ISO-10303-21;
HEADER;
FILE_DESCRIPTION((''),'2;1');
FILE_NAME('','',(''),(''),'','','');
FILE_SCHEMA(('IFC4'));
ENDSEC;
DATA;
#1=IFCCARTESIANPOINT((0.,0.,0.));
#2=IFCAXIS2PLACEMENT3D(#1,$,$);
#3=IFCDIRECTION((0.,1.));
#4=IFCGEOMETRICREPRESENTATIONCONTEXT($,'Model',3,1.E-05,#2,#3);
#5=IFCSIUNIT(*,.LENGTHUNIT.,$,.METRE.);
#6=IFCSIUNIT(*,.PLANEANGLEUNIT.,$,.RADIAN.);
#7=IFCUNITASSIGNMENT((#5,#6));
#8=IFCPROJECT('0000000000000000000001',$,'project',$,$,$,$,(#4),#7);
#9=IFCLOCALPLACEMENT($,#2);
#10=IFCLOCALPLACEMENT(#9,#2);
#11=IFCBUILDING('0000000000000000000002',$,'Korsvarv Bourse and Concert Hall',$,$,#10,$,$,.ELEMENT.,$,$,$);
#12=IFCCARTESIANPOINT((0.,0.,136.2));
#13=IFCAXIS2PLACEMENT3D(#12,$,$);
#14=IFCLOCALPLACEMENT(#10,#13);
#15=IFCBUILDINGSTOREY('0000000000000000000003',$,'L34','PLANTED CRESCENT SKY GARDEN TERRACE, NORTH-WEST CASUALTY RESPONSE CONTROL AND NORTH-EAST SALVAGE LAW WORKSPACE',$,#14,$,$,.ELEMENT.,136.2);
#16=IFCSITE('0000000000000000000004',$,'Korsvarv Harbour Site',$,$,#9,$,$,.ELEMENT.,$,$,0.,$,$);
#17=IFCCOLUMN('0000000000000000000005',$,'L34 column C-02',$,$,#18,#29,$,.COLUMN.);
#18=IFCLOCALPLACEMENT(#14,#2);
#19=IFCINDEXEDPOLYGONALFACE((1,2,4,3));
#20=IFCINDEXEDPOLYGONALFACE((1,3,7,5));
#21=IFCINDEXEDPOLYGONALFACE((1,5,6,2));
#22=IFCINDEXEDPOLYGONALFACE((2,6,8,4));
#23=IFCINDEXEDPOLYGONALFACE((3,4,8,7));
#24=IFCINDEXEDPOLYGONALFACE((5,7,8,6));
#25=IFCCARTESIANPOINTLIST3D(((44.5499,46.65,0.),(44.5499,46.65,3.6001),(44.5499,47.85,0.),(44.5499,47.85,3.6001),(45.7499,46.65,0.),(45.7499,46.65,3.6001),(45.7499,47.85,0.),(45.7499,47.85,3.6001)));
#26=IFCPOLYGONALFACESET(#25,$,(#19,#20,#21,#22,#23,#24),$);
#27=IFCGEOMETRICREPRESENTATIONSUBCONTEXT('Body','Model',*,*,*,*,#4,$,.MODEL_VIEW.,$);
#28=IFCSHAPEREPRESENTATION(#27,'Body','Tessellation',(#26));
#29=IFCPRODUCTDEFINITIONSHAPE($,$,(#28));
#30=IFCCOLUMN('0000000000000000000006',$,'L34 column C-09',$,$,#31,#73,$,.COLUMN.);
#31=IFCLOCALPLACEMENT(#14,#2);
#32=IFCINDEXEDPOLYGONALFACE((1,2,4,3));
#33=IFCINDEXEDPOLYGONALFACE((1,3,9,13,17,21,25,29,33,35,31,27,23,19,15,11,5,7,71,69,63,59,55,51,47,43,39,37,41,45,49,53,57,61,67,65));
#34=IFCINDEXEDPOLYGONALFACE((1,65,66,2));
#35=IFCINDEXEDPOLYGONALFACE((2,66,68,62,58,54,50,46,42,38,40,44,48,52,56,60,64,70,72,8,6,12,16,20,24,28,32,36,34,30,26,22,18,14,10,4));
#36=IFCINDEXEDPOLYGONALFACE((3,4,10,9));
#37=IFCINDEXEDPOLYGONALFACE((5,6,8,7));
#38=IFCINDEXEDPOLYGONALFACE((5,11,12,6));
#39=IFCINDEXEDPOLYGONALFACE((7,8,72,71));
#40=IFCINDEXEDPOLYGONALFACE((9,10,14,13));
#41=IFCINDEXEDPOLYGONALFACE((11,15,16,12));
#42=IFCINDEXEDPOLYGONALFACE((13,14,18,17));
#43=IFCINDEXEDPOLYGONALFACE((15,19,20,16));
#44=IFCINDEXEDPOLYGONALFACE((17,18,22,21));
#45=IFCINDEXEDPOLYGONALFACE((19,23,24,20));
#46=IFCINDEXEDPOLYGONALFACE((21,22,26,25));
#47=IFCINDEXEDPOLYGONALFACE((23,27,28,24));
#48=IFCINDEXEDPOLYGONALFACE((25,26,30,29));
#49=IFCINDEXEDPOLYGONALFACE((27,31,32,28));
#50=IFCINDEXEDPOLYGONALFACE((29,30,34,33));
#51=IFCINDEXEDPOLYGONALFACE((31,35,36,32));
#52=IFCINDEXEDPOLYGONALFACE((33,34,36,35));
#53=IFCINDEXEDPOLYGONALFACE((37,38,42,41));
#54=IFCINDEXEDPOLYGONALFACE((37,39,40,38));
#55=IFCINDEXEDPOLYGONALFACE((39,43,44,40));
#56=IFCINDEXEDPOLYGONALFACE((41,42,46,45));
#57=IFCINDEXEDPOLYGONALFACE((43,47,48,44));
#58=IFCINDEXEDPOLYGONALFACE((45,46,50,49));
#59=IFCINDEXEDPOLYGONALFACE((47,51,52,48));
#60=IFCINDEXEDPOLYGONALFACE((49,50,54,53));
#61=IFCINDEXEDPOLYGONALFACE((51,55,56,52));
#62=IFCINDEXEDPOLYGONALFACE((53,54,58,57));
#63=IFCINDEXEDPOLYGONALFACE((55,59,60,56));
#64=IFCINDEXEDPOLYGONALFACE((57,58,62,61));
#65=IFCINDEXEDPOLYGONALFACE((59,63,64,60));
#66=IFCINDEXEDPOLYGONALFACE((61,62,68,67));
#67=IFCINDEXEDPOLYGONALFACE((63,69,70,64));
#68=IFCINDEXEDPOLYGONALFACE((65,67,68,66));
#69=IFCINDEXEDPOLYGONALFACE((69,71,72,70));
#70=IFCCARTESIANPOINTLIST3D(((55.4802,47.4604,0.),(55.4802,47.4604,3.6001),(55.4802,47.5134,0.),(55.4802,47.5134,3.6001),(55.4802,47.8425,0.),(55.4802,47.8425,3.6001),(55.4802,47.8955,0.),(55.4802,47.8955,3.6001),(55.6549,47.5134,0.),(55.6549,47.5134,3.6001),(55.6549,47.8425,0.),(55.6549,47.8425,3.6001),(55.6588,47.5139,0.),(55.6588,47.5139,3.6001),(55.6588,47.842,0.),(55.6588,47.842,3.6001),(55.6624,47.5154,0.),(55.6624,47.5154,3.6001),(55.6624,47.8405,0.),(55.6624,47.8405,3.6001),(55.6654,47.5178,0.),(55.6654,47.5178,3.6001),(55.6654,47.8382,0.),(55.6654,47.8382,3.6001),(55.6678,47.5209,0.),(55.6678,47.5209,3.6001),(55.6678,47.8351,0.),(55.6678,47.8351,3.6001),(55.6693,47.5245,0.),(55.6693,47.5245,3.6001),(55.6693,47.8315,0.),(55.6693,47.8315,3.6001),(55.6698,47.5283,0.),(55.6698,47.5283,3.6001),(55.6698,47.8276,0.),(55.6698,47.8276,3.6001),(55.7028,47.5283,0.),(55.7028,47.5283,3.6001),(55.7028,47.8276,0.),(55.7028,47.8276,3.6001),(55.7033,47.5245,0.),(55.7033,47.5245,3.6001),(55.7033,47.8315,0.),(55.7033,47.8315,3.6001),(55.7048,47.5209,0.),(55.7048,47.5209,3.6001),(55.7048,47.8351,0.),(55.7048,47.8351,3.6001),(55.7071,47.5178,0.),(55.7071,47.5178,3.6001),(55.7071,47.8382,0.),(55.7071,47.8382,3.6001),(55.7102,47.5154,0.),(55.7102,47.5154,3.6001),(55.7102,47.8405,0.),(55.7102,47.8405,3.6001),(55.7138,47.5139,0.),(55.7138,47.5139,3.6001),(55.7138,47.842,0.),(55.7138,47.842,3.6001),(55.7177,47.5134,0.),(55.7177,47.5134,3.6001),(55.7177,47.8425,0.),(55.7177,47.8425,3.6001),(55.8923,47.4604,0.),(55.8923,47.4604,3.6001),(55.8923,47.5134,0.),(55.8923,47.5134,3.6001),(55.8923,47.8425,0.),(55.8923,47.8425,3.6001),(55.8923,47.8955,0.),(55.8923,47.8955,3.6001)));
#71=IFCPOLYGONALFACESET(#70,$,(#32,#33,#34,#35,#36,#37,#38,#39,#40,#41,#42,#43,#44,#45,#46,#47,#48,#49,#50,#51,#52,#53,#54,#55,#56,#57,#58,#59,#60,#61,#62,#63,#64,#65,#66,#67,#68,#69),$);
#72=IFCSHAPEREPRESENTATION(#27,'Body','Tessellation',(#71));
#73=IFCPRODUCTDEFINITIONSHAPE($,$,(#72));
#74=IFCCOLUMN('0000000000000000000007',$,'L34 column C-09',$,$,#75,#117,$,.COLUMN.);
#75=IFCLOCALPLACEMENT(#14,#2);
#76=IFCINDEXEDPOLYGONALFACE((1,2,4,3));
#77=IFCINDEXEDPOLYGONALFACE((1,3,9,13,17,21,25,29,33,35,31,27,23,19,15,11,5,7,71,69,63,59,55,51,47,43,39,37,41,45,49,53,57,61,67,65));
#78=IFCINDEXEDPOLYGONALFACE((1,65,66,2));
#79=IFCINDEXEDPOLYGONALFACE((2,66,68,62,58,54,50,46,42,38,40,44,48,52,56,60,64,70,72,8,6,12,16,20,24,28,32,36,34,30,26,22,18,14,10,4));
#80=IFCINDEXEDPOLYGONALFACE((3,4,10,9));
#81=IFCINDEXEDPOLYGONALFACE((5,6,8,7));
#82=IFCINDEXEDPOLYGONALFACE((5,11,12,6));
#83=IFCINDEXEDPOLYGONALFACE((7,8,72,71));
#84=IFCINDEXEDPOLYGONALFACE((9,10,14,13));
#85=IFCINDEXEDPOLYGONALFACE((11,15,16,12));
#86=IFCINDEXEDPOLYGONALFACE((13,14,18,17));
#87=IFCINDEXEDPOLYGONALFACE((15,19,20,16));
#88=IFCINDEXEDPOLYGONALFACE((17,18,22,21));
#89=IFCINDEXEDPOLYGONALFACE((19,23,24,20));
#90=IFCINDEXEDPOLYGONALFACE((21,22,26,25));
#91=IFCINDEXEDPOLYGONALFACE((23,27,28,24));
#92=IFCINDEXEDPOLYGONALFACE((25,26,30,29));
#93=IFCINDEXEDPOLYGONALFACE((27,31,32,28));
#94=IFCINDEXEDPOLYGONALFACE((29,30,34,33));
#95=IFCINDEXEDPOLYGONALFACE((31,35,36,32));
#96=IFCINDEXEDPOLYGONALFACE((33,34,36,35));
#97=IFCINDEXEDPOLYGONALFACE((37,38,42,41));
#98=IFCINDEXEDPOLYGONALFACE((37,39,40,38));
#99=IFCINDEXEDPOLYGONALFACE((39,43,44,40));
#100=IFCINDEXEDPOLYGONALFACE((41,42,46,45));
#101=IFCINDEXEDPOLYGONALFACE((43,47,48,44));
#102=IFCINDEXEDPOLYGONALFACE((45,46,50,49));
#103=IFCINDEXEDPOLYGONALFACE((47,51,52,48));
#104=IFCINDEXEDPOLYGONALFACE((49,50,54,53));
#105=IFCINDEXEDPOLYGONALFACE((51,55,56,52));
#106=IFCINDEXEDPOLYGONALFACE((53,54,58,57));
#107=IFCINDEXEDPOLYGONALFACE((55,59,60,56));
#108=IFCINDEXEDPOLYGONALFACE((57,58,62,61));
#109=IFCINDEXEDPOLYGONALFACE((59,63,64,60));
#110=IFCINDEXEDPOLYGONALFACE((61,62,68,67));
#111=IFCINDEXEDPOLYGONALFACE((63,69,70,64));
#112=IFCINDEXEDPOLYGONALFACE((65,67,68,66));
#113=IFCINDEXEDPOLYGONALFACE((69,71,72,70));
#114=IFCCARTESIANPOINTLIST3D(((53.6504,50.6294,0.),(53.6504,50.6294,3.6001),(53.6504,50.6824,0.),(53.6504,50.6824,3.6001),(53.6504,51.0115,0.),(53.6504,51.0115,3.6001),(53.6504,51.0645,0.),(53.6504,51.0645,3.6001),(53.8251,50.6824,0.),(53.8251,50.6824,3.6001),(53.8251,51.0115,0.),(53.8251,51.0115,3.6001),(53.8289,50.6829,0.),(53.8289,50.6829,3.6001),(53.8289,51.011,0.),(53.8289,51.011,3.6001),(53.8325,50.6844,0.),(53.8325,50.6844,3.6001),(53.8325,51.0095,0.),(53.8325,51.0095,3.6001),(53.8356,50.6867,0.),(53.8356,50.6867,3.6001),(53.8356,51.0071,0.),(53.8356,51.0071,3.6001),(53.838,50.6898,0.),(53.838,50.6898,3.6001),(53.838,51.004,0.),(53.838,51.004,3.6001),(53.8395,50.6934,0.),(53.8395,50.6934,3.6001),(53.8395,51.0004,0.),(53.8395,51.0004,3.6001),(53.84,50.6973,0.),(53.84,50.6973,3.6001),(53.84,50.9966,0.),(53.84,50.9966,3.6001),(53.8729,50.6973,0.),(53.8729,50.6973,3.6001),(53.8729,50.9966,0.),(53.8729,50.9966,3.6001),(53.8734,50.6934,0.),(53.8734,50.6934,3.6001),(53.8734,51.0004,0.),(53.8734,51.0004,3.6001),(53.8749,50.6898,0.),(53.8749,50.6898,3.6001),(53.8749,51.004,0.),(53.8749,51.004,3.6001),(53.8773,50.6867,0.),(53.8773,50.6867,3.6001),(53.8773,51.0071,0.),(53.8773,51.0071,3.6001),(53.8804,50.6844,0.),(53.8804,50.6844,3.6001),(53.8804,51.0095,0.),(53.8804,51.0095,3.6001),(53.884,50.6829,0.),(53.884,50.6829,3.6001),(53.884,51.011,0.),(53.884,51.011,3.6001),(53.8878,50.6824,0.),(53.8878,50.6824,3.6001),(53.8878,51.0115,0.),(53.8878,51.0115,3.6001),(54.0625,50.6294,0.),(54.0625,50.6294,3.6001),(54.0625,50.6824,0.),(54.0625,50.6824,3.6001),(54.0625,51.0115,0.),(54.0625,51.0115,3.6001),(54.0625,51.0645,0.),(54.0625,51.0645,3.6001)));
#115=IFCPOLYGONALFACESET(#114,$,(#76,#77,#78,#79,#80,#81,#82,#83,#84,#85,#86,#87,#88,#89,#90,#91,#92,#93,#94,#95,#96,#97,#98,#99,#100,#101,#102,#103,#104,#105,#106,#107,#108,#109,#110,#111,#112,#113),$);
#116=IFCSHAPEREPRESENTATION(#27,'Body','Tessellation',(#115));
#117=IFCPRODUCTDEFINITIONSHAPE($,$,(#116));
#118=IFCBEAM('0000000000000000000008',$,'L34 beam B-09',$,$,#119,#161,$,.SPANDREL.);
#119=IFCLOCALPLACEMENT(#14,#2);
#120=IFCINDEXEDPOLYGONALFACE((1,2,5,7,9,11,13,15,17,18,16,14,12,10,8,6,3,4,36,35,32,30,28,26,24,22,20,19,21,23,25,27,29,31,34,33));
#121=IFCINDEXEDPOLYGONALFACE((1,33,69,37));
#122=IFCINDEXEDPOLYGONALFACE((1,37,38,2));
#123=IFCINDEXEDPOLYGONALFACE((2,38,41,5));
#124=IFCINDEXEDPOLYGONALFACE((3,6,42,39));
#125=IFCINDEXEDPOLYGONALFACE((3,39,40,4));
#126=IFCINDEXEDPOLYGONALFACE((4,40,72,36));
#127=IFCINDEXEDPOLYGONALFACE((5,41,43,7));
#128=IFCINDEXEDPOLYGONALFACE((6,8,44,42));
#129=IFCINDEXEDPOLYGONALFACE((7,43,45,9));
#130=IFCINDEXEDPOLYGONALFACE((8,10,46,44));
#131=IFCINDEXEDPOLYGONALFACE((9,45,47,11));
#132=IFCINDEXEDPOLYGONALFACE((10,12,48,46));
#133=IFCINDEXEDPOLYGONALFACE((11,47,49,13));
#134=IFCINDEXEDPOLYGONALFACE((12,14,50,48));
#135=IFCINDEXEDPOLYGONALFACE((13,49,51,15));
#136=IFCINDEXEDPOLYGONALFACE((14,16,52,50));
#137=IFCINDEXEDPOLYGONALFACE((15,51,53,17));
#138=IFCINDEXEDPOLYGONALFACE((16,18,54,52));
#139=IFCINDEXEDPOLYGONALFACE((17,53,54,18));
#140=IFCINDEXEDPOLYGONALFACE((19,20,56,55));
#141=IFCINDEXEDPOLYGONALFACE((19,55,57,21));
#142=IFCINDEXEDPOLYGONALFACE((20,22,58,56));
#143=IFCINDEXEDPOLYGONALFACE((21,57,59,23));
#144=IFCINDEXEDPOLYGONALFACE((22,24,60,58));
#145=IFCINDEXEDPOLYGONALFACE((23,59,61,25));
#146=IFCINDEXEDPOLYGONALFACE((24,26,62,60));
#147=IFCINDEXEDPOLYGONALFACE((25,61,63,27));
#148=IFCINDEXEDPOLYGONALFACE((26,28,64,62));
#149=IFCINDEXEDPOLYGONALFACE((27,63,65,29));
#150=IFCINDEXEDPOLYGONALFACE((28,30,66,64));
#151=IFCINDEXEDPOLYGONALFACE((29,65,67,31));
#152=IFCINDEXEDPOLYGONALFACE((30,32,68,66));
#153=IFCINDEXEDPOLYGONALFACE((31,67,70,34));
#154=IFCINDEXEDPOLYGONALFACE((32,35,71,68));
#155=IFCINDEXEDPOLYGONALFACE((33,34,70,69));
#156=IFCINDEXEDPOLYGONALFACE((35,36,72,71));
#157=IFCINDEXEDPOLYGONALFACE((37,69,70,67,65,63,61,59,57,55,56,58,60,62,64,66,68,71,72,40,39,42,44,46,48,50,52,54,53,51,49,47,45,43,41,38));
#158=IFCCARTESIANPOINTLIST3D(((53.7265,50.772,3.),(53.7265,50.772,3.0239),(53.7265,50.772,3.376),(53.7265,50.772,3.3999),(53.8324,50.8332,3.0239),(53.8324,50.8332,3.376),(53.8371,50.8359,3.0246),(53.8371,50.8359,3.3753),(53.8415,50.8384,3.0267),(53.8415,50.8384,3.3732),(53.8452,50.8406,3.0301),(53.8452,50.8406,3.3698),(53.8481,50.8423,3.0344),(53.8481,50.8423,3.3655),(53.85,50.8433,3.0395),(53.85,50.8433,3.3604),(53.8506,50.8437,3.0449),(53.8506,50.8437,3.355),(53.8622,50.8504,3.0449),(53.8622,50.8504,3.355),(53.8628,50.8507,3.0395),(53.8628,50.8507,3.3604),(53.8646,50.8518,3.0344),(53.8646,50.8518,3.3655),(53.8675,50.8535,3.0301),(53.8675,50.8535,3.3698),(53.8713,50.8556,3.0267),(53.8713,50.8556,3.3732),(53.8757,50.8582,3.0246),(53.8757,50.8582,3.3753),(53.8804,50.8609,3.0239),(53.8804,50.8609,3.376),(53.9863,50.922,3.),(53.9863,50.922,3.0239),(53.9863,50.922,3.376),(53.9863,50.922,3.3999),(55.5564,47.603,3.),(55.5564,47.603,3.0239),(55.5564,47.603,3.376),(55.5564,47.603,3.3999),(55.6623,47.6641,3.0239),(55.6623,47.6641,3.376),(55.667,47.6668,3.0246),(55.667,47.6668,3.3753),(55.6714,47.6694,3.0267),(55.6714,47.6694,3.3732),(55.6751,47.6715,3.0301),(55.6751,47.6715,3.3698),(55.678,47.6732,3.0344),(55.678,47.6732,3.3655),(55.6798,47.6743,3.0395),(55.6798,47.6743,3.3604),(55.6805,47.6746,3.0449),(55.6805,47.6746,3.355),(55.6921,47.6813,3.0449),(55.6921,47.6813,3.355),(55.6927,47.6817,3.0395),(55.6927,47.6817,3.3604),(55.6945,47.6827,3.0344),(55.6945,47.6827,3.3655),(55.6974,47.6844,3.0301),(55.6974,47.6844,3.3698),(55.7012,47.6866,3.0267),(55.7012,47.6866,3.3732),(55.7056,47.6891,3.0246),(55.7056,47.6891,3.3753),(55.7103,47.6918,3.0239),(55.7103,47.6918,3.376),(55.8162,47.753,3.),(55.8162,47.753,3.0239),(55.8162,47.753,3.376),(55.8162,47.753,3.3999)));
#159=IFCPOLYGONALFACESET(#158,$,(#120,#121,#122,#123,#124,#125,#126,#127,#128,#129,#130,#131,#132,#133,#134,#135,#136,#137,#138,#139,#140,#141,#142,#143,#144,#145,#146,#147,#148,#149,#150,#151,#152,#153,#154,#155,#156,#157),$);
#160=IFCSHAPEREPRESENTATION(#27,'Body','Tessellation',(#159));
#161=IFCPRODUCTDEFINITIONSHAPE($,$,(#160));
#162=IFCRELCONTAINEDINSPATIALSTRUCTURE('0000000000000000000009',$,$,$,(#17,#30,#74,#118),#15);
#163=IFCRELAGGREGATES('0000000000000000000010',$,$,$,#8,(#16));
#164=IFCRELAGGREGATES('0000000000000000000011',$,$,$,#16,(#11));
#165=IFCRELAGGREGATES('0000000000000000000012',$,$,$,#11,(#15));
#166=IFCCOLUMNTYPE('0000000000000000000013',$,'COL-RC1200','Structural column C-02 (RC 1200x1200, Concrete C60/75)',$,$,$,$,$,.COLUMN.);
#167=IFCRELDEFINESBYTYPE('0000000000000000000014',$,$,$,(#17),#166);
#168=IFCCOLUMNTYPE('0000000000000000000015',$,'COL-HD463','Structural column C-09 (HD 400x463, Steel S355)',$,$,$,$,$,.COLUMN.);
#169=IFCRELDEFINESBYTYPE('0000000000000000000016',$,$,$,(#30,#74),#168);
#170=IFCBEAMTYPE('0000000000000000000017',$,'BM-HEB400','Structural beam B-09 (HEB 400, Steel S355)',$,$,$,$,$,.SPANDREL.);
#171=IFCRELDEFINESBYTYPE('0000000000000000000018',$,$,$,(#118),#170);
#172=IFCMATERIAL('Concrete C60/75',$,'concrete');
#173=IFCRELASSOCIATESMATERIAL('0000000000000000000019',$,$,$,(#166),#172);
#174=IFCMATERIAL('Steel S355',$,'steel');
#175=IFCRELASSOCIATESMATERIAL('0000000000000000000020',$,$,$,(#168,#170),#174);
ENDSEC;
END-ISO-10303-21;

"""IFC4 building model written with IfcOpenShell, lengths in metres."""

from ifc_helpers import new_model, si_unit, direction, frame, origin, origin_2d, place, context, subcontext, project, spatial, rectangle, i_section, extrude, source, transform, mapped, material, material_profile, profile_set, type_object, element, save


model = new_model("IFC4")

# Units and contexts
model_context = context("Model", 3, precision=1e-05, world=origin(), true_north=direction((0.0, 1.0)))
body_context = subcontext(model_context, "Body", "Model", "MODEL_VIEW")
ifc_project = project(units=[si_unit("LENGTHUNIT", "METRE"), si_unit("PLANEANGLEUNIT", "RADIAN")], contexts=[model_context])

# Site, building, storey
site_placement = place(None, origin())
site = spatial("IfcSite", under=ifc_project, at=site_placement, Name="Korsvarv Harbour Site", CompositionType="ELEMENT", RefElevation=0.0)
building_placement = place(site_placement, origin())
building = spatial("IfcBuilding", under=site, at=building_placement, Name="Korsvarv Bourse and Concert Hall", CompositionType="ELEMENT")
storey_placement = place(building_placement, frame((0.0, 0.0, 136.2)))
storey = spatial("IfcBuildingStorey", under=building, at=storey_placement, Name="L34", Description="PLANTED CRESCENT SKY GARDEN TERRACE, NORTH-WEST CASUALTY RESPONSE CONTROL AND NORTH-EAST SALVAGE LAW WORKSPACE", CompositionType="ELEMENT", Elevation=136.2)

# Columns
ifc_material_1 = material(Name="Concrete C60/75", Category="concrete")
ifc_material_profile_1 = material_profile(ifc_material_1, rectangle(XDim=1.2, YDim=1.2, at=origin_2d()), Name="RC 1200x1200")
ifc_profile_set_1 = profile_set([ifc_material_profile_1], Name="Concrete C60/75")
column_type_1 = type_object("IfcColumnType", Name="COL-RC1200", Description="Structural column C-02 (RC 1200x1200, Concrete C60/75)", PredefinedType="COLUMN", material=ifc_profile_set_1)
shared_shape_1 = source(origin(), body_context, "Body", "SweptSolid", [
    extrude(rectangle(XDim=1.2, YDim=1.2, at=origin_2d()), origin(), (0.0, 0.0, 1.0), 3.6001),
])
column_placement = place(storey_placement, frame((45.1499, 47.25, 0.0), z_axis=(0.0, 0.0, 1.0), x_axis=(1.0, 0.0, 0.0)))
element("IfcColumn", 1, at=column_placement, inside=storey, type_object=column_type_1, Name="L34 column C-02", PredefinedType="COLUMN", context=body_context, shape_type="MappedRepresentation", body=[
    mapped(shared_shape_1, transform((0.0, 0.0, 0.0), scale=1.0)),
])
ifc_material_2 = material(Name="Steel S355", Category="steel")
ifc_material_profile_2 = material_profile(ifc_material_2, i_section(OverallWidth=0.4121, OverallDepth=0.4351, WebThickness=0.033, FlangeThickness=0.053, FilletRadius=0.0149, at=origin_2d()), Name="HD 400x463")
ifc_profile_set_2 = profile_set([ifc_material_profile_2], Name="Steel S355")
column_type_2 = type_object("IfcColumnType", Name="COL-HD463", Description="Structural column C-09 (HD 400x463, Steel S355)", PredefinedType="COLUMN", material=ifc_profile_set_2)
shared_shape_2 = source(origin(), body_context, "Body", "SweptSolid", [
    extrude(i_section(OverallWidth=0.4121, OverallDepth=0.4351, WebThickness=0.033, FlangeThickness=0.053, FilletRadius=0.0149, at=origin_2d()), origin(), (0.0, 0.0, 1.0), 3.6001),
])
for number, where, z_axis, x_axis, name in (
    (2, (55.6863, 47.678, 0.0), (0.0, 0.0, 1.0), (1.0, 0.0, 0.0), "L34 column C-09"),
    (3, (53.8564, 50.8469, 0.0), (0.0, 0.0, 1.0), (1.0, 0.0, 0.0), "L34 column C-09"),
):
    element("IfcColumn", number, at=place(storey_placement, frame(where, z_axis=z_axis, x_axis=x_axis)), inside=storey, type_object=column_type_2, Name=name, PredefinedType="COLUMN", context=body_context, shape_type="MappedRepresentation", body=[
        mapped(shared_shape_2, transform((0.0, 0.0, 0.0), scale=1.0)),
    ])

# Beam
ifc_material_profile_3 = material_profile(ifc_material_2, i_section(OverallWidth=0.3, OverallDepth=0.3999, WebThickness=0.0134, FlangeThickness=0.0239, FilletRadius=0.021, at=origin_2d()), Name="HEB 400")
ifc_profile_set_3 = profile_set([ifc_material_profile_3], Name="Steel S355")
beam_type_1 = type_object("IfcBeamType", Name="BM-HEB400", Description="Structural beam B-09 (HEB 400, Steel S355)", PredefinedType="SPANDREL", material=ifc_profile_set_3)
shared_shape_3 = source(origin(), body_context, "Body", "SweptSolid", [
    extrude(i_section(OverallWidth=0.3, OverallDepth=0.3999, WebThickness=0.0134, FlangeThickness=0.0239, FilletRadius=0.021, at=origin_2d()), origin(), (0.0, 0.0, 1.0), 3.6594),
])
beam_1_placement = place(storey_placement, frame((55.6863, 47.678, 3.2), z_axis=(-0.50005, 0.865997, 0.0), x_axis=(-0.865997, -0.50005, 0.0)))
element("IfcBeam", 4, at=beam_1_placement, inside=storey, type_object=beam_type_1, Name="L34 beam B-09", PredefinedType="SPANDREL", context=body_context, shape_type="MappedRepresentation", body=[
    mapped(shared_shape_3, transform((0.0, 0.0, 0.0), scale=1.0)),
])

save(model, "model.ifc")
